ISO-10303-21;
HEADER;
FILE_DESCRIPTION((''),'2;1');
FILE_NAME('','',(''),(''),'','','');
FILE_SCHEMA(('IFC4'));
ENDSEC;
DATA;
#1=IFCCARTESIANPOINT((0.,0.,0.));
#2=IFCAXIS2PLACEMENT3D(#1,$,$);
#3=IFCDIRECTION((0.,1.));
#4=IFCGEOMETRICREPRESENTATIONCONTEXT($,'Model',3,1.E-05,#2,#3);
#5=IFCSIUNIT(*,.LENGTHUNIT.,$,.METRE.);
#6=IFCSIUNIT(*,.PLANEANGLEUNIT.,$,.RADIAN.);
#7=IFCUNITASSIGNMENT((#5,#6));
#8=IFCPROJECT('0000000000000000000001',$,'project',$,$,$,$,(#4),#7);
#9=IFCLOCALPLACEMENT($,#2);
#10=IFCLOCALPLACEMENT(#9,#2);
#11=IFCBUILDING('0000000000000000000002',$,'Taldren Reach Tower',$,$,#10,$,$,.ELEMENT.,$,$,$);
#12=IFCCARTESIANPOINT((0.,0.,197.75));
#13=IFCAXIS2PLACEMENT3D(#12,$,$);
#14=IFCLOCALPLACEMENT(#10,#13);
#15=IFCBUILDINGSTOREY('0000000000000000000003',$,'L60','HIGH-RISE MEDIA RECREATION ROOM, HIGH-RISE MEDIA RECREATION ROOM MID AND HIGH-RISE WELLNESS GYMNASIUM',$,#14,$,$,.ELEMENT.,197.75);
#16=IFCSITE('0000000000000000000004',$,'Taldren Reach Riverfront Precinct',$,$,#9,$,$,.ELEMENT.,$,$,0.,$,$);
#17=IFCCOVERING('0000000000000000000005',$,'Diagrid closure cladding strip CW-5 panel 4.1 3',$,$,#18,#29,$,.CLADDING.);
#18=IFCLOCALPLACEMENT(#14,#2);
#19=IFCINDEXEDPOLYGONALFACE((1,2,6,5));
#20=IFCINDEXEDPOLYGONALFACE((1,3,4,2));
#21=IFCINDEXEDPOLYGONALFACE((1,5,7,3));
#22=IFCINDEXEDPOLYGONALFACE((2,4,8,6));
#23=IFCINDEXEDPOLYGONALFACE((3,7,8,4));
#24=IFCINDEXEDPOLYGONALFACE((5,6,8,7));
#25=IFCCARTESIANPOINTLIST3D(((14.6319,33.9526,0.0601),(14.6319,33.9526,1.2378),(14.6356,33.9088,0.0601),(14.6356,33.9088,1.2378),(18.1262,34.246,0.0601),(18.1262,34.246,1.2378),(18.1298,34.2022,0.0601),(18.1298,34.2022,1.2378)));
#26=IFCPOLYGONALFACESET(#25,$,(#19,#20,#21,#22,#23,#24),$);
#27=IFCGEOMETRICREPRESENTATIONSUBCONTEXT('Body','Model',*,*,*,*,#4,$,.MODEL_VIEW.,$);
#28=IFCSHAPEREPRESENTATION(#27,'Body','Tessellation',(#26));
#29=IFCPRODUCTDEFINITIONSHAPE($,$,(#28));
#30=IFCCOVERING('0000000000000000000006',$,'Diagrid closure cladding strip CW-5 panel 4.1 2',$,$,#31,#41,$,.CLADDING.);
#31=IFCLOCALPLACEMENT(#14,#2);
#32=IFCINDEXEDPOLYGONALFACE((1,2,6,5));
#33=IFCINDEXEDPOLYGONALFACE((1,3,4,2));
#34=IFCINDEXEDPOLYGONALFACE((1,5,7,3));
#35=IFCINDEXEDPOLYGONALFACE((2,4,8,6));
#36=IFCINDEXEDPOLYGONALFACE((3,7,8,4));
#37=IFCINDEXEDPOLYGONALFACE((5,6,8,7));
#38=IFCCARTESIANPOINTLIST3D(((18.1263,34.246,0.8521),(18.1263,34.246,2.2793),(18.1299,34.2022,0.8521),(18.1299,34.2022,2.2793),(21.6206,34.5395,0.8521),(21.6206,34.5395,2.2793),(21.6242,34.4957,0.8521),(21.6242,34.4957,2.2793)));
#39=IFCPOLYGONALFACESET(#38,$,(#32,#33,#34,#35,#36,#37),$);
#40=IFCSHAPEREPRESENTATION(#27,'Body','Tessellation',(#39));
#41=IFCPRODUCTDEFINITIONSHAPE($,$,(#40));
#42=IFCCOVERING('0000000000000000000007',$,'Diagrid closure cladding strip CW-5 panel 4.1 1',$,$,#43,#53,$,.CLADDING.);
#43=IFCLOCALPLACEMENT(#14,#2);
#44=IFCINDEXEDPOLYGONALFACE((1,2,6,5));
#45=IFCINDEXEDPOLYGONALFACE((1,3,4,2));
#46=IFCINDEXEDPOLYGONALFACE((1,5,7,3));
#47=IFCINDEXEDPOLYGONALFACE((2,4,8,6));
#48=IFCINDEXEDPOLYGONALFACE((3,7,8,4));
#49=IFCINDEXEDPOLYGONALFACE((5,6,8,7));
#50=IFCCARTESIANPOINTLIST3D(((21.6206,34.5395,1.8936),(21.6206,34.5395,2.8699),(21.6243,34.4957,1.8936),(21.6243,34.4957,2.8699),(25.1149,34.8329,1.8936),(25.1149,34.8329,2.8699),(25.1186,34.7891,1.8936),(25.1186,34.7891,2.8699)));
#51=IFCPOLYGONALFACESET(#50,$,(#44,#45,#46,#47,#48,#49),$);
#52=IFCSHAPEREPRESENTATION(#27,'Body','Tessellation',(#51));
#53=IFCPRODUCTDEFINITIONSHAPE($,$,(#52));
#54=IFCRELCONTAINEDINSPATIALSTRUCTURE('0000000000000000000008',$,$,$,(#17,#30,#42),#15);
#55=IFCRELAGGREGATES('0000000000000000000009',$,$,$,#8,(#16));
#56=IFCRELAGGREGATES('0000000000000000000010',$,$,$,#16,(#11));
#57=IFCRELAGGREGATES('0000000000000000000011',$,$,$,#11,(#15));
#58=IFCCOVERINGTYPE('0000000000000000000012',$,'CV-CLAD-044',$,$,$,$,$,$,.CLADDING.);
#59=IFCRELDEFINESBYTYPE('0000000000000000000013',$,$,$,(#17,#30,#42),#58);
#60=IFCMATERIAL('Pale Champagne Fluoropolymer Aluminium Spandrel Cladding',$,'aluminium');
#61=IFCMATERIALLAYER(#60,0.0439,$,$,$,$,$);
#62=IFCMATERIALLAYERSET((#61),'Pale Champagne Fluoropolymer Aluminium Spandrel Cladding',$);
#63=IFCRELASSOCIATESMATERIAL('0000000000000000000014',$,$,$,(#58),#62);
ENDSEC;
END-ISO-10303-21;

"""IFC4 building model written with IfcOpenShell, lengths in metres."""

from ifc_helpers import new_model, si_unit, direction, frame, origin, origin_2d, place, context, subcontext, project, spatial, rectangle, extrude, source, transform, mapped, material, layer, layer_set, type_object, element, save


model = new_model("IFC4")

# Units and contexts
model_context = context("Model", 3, precision=1e-05, world=origin(), true_north=direction((0.0, 1.0)))
body_context = subcontext(model_context, "Body", "Model", "MODEL_VIEW")
ifc_project = project(units=[si_unit("LENGTHUNIT", "METRE"), si_unit("PLANEANGLEUNIT", "RADIAN")], contexts=[model_context])

# Site, building, storey
site_placement = place(None, origin())
site = spatial("IfcSite", under=ifc_project, at=site_placement, Name="Taldren Reach Riverfront Precinct", CompositionType="ELEMENT", RefElevation=0.0)
building_placement = place(site_placement, origin())
building = spatial("IfcBuilding", under=site, at=building_placement, Name="Taldren Reach Tower", CompositionType="ELEMENT")
storey_placement = place(building_placement, frame((0.0, 0.0, 197.75)))
storey = spatial("IfcBuildingStorey", under=building, at=storey_placement, Name="L60", Description="HIGH-RISE MEDIA RECREATION ROOM, HIGH-RISE MEDIA RECREATION ROOM MID AND HIGH-RISE WELLNESS GYMNASIUM", CompositionType="ELEMENT", Elevation=197.75)

# Coverings
ifc_material_1 = material(Name="Pale Champagne Fluoropolymer Aluminium Spandrel Cladding", Category="aluminium")
ifc_layer_1 = layer(ifc_material_1, 0.0439)
ifc_layer_set_1 = layer_set([ifc_layer_1], Name="Pale Champagne Fluoropolymer Aluminium Spandrel Cladding")
covering_type = type_object("IfcCoveringType", Name="CV-CLAD-044", PredefinedType="CLADDING", material=ifc_layer_set_1)
shared_shape_1 = source(origin(), body_context, "Body", "SweptSolid", [
    extrude(rectangle(XDim=3.5066, YDim=0.0439, at=origin_2d()), origin(), (0.0, 0.0, 1.0), 1.1777),
])
covering_1_placement = place(storey_placement, frame((16.3809, 34.0774, 0.0601), z_axis=(0.0, 0.0, 1.0), x_axis=(-0.996493, -0.083678, 0.0)))
element("IfcCovering", 1, at=covering_1_placement, inside=storey, type_object=covering_type, Name="Diagrid closure cladding strip CW-5 panel 4.1 3", PredefinedType="CLADDING", context=body_context, shape_type="MappedRepresentation", body=[
    mapped(shared_shape_1, transform((0.0, 0.0, 0.0), scale=1.0)),
])
shared_shape_2 = source(origin(), body_context, "Body", "SweptSolid", [
    extrude(rectangle(XDim=3.5066, YDim=0.0439, at=origin_2d()), origin(), (0.0, 0.0, 1.0), 1.4272),
])
covering_2_placement = place(storey_placement, frame((19.8752, 34.3708, 0.8521), z_axis=(0.0, 0.0, 1.0), x_axis=(-0.996493, -0.083678, 0.0)))
element("IfcCovering", 2, at=covering_2_placement, inside=storey, type_object=covering_type, Name="Diagrid closure cladding strip CW-5 panel 4.1 2", PredefinedType="CLADDING", context=body_context, shape_type="MappedRepresentation", body=[
    mapped(shared_shape_2, transform((0.0, 0.0, 0.0), scale=1.0)),
])
shared_shape_3 = source(origin(), body_context, "Body", "SweptSolid", [
    extrude(rectangle(XDim=3.5066, YDim=0.0439, at=origin_2d()), origin(), (0.0, 0.0, 1.0), 0.9763),
])
covering_3_placement = place(storey_placement, frame((23.3696, 34.6643, 1.8936), z_axis=(0.0, 0.0, 1.0), x_axis=(-0.996493, -0.083678, 0.0)))
element("IfcCovering", 3, at=covering_3_placement, inside=storey, type_object=covering_type, Name="Diagrid closure cladding strip CW-5 panel 4.1 1", PredefinedType="CLADDING", context=body_context, shape_type="MappedRepresentation", body=[
    mapped(shared_shape_3, transform((0.0, 0.0, 0.0), scale=1.0)),
])

save(model, "model.ifc")
